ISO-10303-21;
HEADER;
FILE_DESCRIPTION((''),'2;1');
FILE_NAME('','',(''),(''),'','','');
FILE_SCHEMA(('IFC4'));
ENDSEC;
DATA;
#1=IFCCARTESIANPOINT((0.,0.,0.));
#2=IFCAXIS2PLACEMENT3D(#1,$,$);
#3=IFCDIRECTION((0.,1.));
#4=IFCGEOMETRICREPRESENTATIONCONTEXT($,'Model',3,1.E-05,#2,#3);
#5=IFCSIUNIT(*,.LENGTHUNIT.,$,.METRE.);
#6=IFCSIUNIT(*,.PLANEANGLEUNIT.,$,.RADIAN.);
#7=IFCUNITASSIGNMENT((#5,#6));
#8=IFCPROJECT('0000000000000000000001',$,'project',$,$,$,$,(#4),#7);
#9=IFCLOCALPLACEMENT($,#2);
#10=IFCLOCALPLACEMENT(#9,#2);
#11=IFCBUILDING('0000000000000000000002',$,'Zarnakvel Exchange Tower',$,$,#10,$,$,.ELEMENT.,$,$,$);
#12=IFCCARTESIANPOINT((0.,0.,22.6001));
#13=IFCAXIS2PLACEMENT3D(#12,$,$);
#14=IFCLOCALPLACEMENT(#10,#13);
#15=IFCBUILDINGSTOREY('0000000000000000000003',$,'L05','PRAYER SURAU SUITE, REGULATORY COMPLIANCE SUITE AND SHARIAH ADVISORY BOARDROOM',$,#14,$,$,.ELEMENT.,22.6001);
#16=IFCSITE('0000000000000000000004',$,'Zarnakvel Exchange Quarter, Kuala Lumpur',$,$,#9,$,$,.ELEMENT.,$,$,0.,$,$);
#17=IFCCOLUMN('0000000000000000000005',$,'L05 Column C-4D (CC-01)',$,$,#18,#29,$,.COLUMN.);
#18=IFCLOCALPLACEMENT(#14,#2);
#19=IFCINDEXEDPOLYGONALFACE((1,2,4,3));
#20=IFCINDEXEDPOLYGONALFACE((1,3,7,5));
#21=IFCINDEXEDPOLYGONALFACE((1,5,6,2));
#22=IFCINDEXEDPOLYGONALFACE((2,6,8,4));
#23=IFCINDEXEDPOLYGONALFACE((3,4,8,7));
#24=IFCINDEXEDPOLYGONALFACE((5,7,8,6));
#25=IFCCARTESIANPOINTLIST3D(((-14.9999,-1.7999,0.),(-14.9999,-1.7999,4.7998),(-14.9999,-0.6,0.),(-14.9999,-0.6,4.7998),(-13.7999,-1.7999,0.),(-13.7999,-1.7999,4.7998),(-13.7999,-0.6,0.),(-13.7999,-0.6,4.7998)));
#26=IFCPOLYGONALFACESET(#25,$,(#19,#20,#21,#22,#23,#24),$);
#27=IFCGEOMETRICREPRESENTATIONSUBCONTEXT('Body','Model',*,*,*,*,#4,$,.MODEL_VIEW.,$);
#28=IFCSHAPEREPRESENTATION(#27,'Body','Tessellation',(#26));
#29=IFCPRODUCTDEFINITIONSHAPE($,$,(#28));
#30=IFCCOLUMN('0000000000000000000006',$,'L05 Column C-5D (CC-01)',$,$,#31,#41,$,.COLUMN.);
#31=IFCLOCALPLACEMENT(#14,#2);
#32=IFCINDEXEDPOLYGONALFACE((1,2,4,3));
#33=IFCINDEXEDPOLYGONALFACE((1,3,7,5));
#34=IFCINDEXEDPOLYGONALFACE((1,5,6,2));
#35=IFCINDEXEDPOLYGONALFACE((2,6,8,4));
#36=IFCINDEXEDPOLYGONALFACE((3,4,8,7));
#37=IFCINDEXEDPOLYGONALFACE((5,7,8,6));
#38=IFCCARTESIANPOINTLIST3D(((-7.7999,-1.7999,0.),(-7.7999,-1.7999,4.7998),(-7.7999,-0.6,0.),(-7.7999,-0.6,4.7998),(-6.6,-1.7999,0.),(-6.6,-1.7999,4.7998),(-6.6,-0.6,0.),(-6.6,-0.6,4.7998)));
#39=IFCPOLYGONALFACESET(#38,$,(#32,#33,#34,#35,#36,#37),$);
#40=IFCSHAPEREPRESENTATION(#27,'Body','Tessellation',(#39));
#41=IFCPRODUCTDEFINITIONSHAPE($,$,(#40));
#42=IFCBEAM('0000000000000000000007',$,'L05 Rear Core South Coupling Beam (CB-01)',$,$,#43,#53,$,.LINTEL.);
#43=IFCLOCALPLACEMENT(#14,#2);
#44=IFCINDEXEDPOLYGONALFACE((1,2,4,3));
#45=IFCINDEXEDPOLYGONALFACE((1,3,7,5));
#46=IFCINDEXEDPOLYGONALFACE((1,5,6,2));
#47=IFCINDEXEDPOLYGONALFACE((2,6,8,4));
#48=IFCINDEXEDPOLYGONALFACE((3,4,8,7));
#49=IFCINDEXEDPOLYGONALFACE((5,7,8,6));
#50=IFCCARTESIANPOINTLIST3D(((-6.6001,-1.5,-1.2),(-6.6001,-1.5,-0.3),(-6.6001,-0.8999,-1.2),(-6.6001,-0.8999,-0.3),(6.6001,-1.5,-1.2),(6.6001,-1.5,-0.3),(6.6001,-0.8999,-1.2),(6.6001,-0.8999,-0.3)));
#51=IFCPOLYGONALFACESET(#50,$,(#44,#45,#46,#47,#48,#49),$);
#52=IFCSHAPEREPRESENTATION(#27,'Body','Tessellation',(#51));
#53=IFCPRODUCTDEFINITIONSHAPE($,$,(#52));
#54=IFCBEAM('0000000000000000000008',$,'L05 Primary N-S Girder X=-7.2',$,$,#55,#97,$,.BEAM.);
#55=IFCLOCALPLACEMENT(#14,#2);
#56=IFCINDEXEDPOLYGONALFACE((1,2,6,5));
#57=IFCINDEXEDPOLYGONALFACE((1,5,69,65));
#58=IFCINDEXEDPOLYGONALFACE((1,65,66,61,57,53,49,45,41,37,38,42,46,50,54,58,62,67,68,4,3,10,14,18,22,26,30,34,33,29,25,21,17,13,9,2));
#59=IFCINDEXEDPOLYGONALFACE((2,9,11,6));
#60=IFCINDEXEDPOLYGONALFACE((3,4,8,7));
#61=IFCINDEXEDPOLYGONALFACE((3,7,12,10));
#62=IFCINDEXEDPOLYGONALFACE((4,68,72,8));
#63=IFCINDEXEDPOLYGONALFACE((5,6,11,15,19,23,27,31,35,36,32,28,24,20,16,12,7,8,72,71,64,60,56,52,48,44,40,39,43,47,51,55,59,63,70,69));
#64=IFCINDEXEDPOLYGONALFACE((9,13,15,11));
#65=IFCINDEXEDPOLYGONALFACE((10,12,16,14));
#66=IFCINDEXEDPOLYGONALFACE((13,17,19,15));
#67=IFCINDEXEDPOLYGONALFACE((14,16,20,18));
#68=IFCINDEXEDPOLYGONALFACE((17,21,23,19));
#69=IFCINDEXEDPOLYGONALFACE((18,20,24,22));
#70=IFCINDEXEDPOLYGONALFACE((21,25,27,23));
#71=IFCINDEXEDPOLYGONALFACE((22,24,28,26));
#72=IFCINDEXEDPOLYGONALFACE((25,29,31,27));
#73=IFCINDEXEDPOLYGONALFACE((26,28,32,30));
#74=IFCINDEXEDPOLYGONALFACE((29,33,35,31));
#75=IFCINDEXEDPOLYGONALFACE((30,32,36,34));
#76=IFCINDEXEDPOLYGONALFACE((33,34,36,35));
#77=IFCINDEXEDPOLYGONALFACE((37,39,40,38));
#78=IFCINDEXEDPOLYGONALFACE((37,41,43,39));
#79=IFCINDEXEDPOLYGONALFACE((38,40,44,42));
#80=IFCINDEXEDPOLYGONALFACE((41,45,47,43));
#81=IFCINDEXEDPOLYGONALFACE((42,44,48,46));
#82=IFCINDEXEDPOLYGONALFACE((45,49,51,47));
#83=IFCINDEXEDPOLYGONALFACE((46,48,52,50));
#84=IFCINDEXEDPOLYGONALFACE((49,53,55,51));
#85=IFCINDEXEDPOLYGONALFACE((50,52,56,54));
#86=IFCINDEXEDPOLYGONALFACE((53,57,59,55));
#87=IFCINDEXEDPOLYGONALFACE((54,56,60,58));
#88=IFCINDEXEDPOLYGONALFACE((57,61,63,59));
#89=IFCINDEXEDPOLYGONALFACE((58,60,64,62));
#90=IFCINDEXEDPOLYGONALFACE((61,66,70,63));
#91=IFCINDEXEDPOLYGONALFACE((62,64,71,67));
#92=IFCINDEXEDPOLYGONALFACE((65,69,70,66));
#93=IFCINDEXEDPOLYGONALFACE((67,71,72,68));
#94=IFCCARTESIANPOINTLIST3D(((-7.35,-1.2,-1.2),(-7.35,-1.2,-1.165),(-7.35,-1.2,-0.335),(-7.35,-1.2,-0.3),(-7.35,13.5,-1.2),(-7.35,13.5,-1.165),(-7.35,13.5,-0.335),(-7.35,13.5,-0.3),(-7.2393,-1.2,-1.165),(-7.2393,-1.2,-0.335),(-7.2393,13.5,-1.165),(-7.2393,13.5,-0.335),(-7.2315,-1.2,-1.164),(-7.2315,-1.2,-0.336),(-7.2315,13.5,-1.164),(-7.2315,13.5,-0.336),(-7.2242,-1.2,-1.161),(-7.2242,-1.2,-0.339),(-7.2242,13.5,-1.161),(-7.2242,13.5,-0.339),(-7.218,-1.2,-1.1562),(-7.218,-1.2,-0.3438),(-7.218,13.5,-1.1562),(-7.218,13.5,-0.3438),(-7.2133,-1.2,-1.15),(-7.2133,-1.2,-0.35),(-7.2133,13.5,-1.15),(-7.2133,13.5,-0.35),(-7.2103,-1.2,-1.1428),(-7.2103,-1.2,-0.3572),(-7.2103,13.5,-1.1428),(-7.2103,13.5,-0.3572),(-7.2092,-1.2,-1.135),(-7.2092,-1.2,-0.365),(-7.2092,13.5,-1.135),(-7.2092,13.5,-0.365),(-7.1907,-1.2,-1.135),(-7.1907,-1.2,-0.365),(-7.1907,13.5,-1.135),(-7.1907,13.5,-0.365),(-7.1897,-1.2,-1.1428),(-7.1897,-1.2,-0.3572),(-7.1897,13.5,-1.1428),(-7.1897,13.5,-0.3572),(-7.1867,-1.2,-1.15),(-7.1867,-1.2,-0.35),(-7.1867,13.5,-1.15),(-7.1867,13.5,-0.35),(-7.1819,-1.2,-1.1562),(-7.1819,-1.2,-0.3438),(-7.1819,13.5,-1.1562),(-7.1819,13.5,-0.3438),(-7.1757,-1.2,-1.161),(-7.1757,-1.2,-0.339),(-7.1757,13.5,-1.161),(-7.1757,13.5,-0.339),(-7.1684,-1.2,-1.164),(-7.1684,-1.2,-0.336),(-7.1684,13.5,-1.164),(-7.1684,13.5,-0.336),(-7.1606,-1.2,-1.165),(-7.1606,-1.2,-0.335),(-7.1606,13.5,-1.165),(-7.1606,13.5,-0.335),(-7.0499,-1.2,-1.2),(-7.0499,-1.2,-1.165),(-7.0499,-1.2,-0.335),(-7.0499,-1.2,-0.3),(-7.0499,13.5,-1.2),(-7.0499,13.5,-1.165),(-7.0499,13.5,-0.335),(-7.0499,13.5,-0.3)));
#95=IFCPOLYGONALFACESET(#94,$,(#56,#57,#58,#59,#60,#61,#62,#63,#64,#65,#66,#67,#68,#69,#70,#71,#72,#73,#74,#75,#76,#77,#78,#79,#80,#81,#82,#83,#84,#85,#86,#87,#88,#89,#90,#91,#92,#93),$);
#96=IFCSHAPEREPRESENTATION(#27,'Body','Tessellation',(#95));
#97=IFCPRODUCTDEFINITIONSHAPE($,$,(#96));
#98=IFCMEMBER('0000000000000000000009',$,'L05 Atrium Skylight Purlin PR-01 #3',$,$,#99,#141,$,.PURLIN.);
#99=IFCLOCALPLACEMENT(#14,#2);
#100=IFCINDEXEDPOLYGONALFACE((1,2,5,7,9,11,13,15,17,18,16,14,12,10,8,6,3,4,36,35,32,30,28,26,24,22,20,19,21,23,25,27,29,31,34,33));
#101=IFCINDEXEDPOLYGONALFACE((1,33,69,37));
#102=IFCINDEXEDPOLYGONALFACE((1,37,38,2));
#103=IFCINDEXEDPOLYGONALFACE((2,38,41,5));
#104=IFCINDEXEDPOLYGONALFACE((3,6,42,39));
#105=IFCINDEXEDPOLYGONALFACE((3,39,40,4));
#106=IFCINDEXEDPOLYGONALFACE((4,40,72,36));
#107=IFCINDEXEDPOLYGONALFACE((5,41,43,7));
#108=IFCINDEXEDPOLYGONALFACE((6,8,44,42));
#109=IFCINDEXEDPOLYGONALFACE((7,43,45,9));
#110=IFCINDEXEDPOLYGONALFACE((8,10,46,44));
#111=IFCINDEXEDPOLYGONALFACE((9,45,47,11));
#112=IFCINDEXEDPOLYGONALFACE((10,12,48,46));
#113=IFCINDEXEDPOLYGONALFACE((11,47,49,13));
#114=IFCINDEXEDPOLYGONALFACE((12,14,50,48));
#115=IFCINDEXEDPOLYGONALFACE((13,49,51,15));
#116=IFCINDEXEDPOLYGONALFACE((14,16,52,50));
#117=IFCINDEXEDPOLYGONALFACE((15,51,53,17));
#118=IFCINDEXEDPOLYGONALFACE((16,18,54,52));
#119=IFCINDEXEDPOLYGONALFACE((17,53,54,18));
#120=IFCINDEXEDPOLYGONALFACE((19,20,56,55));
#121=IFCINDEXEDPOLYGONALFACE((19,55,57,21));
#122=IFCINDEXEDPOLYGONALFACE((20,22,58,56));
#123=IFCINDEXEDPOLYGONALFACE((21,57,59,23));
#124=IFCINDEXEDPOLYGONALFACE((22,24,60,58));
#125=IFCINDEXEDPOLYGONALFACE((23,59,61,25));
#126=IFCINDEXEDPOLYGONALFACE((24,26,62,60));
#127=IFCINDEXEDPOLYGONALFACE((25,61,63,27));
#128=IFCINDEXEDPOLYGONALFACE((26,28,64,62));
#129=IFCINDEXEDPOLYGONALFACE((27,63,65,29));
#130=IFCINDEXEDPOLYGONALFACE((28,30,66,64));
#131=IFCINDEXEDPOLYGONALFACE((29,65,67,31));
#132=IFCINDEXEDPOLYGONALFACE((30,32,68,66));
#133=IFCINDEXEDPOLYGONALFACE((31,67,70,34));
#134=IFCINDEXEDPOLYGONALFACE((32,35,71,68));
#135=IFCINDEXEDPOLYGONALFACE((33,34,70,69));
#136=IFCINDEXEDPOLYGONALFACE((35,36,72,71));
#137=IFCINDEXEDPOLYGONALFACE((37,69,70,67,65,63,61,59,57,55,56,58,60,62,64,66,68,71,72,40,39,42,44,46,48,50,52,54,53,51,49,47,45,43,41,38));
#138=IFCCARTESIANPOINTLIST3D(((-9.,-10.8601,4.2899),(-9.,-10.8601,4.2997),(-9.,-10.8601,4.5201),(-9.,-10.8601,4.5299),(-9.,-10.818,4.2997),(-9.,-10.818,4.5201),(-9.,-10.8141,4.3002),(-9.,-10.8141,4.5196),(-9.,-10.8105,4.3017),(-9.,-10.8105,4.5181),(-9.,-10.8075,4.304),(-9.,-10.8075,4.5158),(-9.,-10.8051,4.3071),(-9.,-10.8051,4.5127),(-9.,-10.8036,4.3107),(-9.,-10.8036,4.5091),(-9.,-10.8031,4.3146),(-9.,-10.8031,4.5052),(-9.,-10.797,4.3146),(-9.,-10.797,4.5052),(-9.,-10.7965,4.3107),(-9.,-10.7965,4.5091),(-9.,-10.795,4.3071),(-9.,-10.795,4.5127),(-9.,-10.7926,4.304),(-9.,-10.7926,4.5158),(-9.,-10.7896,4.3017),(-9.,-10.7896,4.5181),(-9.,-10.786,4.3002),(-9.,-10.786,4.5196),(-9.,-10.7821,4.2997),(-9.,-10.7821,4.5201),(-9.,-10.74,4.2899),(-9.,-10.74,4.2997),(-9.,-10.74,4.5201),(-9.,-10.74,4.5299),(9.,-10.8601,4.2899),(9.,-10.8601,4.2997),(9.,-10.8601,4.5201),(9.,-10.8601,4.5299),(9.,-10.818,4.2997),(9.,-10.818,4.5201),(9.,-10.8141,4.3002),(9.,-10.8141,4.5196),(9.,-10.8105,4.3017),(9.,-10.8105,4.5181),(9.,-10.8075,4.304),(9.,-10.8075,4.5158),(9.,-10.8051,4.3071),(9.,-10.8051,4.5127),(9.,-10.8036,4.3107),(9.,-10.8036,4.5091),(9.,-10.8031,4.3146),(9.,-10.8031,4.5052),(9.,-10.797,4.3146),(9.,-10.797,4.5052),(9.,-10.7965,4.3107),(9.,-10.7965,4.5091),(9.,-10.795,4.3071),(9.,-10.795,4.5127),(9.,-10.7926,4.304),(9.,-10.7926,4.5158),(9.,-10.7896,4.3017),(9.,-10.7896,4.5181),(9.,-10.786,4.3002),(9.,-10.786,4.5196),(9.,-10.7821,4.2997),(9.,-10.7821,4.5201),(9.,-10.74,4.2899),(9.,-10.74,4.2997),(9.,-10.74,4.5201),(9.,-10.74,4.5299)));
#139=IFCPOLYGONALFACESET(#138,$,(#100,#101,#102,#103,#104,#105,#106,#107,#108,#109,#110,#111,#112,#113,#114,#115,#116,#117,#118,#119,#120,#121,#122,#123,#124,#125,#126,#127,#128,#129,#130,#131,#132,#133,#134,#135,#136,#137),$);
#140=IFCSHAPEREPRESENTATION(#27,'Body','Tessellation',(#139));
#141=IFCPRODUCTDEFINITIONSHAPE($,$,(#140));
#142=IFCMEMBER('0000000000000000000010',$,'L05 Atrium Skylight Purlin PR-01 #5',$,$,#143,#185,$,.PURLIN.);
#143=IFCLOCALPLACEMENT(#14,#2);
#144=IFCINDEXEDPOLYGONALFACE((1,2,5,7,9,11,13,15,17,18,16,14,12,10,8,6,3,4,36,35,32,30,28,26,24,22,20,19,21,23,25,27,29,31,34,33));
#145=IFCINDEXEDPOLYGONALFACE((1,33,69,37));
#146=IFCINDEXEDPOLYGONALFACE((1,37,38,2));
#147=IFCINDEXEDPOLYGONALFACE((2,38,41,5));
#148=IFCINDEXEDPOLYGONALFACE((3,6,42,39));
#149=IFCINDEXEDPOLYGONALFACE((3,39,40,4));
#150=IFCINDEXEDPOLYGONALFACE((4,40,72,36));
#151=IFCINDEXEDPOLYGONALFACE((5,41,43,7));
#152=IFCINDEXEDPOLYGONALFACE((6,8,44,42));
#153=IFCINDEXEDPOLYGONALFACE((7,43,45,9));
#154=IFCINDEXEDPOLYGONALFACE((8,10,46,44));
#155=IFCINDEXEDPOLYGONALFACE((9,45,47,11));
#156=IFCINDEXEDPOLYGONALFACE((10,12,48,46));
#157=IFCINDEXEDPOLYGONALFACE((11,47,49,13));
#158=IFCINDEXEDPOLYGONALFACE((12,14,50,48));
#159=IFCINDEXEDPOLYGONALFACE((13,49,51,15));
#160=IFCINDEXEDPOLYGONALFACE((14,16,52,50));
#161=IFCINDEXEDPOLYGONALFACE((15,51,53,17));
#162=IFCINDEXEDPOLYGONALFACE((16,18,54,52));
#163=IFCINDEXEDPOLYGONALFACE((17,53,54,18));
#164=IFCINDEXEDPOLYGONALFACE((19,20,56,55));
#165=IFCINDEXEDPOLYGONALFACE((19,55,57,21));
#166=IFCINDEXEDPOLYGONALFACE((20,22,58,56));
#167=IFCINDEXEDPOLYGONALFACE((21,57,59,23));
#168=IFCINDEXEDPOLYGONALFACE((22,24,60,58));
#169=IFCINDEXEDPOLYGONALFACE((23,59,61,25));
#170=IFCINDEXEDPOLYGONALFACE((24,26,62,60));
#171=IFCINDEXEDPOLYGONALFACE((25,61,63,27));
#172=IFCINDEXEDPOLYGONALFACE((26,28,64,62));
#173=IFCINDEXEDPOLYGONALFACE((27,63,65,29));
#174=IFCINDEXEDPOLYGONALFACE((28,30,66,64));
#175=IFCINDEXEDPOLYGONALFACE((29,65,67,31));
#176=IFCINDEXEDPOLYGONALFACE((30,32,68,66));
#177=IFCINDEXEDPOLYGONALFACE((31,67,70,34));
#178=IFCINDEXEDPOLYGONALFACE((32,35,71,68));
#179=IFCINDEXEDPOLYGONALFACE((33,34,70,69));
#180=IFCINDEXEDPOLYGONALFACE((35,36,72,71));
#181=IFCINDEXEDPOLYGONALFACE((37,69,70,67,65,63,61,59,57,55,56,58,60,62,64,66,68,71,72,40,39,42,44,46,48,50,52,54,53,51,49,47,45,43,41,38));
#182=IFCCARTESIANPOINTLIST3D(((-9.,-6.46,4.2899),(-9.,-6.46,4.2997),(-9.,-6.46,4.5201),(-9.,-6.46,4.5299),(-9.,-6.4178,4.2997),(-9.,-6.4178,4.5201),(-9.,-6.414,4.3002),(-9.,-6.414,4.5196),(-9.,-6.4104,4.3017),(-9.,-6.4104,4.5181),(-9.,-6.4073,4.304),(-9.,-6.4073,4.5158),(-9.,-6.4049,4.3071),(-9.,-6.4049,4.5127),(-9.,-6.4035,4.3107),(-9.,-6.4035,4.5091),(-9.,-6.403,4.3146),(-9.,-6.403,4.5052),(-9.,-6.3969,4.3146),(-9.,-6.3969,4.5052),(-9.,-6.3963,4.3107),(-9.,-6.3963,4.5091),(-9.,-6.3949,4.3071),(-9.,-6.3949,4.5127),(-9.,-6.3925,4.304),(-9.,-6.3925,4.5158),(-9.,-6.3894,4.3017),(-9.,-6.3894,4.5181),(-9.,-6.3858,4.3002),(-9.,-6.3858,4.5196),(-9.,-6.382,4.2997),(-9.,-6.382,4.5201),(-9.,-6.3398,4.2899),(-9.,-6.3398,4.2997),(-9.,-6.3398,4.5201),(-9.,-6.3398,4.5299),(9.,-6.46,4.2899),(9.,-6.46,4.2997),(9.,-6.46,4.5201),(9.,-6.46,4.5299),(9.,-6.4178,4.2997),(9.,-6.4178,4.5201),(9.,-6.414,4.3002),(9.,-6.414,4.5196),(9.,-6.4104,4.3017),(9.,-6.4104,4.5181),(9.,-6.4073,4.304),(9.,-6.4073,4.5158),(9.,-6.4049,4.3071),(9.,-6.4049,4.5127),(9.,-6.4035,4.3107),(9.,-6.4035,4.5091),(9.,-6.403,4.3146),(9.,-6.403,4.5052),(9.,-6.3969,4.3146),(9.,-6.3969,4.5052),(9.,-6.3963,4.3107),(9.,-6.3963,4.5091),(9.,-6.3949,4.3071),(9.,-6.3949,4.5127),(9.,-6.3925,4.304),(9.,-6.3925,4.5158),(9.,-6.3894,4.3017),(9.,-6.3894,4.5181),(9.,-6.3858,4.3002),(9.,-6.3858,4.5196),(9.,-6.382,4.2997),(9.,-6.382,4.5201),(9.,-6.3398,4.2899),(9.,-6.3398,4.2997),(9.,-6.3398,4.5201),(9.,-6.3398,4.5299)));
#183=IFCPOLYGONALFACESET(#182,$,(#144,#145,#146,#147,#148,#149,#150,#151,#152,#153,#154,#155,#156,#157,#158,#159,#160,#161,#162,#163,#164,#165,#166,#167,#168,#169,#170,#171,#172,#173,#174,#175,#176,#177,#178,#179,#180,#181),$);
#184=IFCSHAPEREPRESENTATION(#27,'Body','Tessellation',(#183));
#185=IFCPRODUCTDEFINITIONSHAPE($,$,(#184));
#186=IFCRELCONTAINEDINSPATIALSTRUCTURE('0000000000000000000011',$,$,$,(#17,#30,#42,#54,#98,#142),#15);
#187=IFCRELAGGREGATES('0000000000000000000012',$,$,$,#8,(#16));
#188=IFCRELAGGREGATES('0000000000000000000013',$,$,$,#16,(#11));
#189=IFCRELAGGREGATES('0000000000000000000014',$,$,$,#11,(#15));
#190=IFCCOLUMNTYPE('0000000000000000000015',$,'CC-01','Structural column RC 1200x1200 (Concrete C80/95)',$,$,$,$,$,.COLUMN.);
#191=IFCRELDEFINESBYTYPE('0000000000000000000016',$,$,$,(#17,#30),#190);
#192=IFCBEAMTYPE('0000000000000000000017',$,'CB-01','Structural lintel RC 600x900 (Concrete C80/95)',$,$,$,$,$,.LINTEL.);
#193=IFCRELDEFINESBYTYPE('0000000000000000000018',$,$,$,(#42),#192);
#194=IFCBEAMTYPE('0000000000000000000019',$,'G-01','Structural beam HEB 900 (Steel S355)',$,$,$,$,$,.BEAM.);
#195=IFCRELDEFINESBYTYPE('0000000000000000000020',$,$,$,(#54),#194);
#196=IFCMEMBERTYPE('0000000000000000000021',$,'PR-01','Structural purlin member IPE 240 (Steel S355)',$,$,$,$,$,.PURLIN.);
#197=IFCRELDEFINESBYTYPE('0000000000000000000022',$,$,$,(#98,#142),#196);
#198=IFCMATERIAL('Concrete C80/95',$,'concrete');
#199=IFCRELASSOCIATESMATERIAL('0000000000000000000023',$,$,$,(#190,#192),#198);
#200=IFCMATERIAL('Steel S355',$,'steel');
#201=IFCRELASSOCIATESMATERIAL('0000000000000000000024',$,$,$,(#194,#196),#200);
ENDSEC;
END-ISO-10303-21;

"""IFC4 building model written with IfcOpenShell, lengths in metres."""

from ifc_helpers import new_model, si_unit, direction, frame, origin, origin_2d, place, context, subcontext, project, spatial, rectangle, i_section, extrude, source, transform, mapped, material, material_profile, profile_set, type_object, element, save


model = new_model("IFC4")

# Units and contexts
model_context = context("Model", 3, precision=1e-05, world=origin(), true_north=direction((0.0, 1.0)))
body_context = subcontext(model_context, "Body", "Model", "MODEL_VIEW")
ifc_project = project(units=[si_unit("LENGTHUNIT", "METRE"), si_unit("PLANEANGLEUNIT", "RADIAN")], contexts=[model_context])

# Site, building, storey
site_placement = place(None, origin())
site = spatial("IfcSite", under=ifc_project, at=site_placement, Name="Zarnakvel Exchange Quarter, Kuala Lumpur", CompositionType="ELEMENT", RefElevation=0.0)
building_placement = place(site_placement, origin())
building = spatial("IfcBuilding", under=site, at=building_placement, Name="Zarnakvel Exchange Tower", CompositionType="ELEMENT")
storey_placement = place(building_placement, frame((0.0, 0.0, 22.6001)))
storey = spatial("IfcBuildingStorey", under=building, at=storey_placement, Name="L05", Description="PRAYER SURAU SUITE, REGULATORY COMPLIANCE SUITE AND SHARIAH ADVISORY BOARDROOM", CompositionType="ELEMENT", Elevation=22.6001)

# Columns
ifc_material_1 = material(Name="Concrete C80/95", Category="concrete")
ifc_material_profile_1 = material_profile(ifc_material_1, rectangle(XDim=1.2, YDim=1.2, at=origin_2d()))
ifc_profile_set_1 = profile_set([ifc_material_profile_1], Name="Concrete C80/95")
column_type = type_object("IfcColumnType", Name="CC-01", Description="Structural column RC 1200x1200 (Concrete C80/95)", PredefinedType="COLUMN", material=ifc_profile_set_1)
for number, where, z_axis, x_axis, name in (
    (1, (-14.3999, -1.2, 0.0), (0.0, 0.0, 1.0), (1.0, 0.0, 0.0), "L05 Column C-4D (CC-01)"),
    (2, (-7.2, -1.2, 0.0), (0.0, 0.0, 1.0), (1.0, 0.0, 0.0), "L05 Column C-5D (CC-01)"),
):
    element("IfcColumn", number, at=place(storey_placement, frame(where, z_axis=z_axis, x_axis=x_axis)), inside=storey, type_object=column_type, Name=name, PredefinedType="COLUMN", context=body_context, shape_type="SweptSolid", body=[
        extrude(rectangle(XDim=1.2, YDim=1.2, at=origin_2d()), origin(), (0.0, 0.0, 1.0), 4.7998),
    ])

# Beams
ifc_material_profile_2 = material_profile(ifc_material_1, rectangle(XDim=0.6001, YDim=0.8999, at=origin_2d()))
ifc_profile_set_2 = profile_set([ifc_material_profile_2], Name="Concrete C80/95")
beam_type_1 = type_object("IfcBeamType", Name="CB-01", Description="Structural lintel RC 600x900 (Concrete C80/95)", PredefinedType="LINTEL", material=ifc_profile_set_2)
beam_1_placement = place(storey_placement, frame((-6.6001, -1.2, -0.75), z_axis=(1.0, 0.0, 0.0), x_axis=(0.0, 1.0, 0.0)))
element("IfcBeam", 3, at=beam_1_placement, inside=storey, type_object=beam_type_1, Name="L05 Rear Core South Coupling Beam (CB-01)", PredefinedType="LINTEL", context=body_context, shape_type="SweptSolid", body=[
    extrude(rectangle(XDim=0.6001, YDim=0.8999, at=origin_2d()), origin(), (0.0, 0.0, 1.0), 13.2002),
])
ifc_material_2 = material(Name="Steel S355", Category="steel")
ifc_material_profile_3 = material_profile(ifc_material_2, i_section(OverallWidth=0.3, OverallDepth=0.8999, WebThickness=0.0186, FlangeThickness=0.0349, FilletRadius=0.03, at=origin_2d()))
ifc_profile_set_3 = profile_set([ifc_material_profile_3], Name="Steel S355")
beam_type_2 = type_object("IfcBeamType", Name="G-01", Description="Structural beam HEB 900 (Steel S355)", PredefinedType="BEAM", material=ifc_profile_set_3)
beam_2_placement = place(storey_placement, frame((-7.2, -1.2, -0.75), z_axis=(0.0, 1.0, 0.0), x_axis=(-1.0, 0.0, 0.0)))
element("IfcBeam", 4, at=beam_2_placement, inside=storey, type_object=beam_type_2, Name="L05 Primary N-S Girder X=-7.2", PredefinedType="BEAM", context=body_context, shape_type="SweptSolid", body=[
    extrude(i_section(OverallWidth=0.3, OverallDepth=0.8999, WebThickness=0.0186, FlangeThickness=0.0349, FilletRadius=0.03, at=origin_2d()), origin(), (0.0, 0.0, 1.0), 14.7),
])

# Members
ifc_material_profile_4 = material_profile(ifc_material_2, i_section(OverallWidth=0.1201, OverallDepth=0.24, WebThickness=0.0061, FlangeThickness=0.0098, FilletRadius=0.0149, at=origin_2d()))
ifc_profile_set_4 = profile_set([ifc_material_profile_4], Name="Steel S355")
member_type_1 = type_object("IfcMemberType", Name="PR-01", Description="Structural purlin member IPE 240 (Steel S355)", PredefinedType="PURLIN", material=ifc_profile_set_4)
shared_shape_1 = source(origin(), body_context, "Body", "SweptSolid", [
    extrude(i_section(OverallWidth=0.1201, OverallDepth=0.24, WebThickness=0.0061, FlangeThickness=0.0098, FilletRadius=0.0149, at=origin_2d()), origin(), (0.0, 0.0, 1.0), 18.0),
])
for number, where, z_axis, x_axis, name in (
    (5, (-9.0, -10.8, 4.4099), (1.0, 0.0, 0.0), (0.0, 1.0, 0.0), "L05 Atrium Skylight Purlin PR-01 #3"),
    (6, (-9.0, -6.3999, 4.4099), (1.0, 0.0, 0.0), (0.0, 1.0, 0.0), "L05 Atrium Skylight Purlin PR-01 #5"),
):
    element("IfcMember", number, at=place(storey_placement, frame(where, z_axis=z_axis, x_axis=x_axis)), inside=storey, type_object=member_type_1, Name=name, PredefinedType="PURLIN", context=body_context, shape_type="MappedRepresentation", body=[
        mapped(shared_shape_1, transform((0.0, 0.0, 0.0), x_axis=(1.0, 0.0, 0.0), y_axis=(0.0, 1.0, 0.0), z_axis=(0.0, 0.0, 1.0), scale=1.0)),
    ])

save(model, "model.ifc")
